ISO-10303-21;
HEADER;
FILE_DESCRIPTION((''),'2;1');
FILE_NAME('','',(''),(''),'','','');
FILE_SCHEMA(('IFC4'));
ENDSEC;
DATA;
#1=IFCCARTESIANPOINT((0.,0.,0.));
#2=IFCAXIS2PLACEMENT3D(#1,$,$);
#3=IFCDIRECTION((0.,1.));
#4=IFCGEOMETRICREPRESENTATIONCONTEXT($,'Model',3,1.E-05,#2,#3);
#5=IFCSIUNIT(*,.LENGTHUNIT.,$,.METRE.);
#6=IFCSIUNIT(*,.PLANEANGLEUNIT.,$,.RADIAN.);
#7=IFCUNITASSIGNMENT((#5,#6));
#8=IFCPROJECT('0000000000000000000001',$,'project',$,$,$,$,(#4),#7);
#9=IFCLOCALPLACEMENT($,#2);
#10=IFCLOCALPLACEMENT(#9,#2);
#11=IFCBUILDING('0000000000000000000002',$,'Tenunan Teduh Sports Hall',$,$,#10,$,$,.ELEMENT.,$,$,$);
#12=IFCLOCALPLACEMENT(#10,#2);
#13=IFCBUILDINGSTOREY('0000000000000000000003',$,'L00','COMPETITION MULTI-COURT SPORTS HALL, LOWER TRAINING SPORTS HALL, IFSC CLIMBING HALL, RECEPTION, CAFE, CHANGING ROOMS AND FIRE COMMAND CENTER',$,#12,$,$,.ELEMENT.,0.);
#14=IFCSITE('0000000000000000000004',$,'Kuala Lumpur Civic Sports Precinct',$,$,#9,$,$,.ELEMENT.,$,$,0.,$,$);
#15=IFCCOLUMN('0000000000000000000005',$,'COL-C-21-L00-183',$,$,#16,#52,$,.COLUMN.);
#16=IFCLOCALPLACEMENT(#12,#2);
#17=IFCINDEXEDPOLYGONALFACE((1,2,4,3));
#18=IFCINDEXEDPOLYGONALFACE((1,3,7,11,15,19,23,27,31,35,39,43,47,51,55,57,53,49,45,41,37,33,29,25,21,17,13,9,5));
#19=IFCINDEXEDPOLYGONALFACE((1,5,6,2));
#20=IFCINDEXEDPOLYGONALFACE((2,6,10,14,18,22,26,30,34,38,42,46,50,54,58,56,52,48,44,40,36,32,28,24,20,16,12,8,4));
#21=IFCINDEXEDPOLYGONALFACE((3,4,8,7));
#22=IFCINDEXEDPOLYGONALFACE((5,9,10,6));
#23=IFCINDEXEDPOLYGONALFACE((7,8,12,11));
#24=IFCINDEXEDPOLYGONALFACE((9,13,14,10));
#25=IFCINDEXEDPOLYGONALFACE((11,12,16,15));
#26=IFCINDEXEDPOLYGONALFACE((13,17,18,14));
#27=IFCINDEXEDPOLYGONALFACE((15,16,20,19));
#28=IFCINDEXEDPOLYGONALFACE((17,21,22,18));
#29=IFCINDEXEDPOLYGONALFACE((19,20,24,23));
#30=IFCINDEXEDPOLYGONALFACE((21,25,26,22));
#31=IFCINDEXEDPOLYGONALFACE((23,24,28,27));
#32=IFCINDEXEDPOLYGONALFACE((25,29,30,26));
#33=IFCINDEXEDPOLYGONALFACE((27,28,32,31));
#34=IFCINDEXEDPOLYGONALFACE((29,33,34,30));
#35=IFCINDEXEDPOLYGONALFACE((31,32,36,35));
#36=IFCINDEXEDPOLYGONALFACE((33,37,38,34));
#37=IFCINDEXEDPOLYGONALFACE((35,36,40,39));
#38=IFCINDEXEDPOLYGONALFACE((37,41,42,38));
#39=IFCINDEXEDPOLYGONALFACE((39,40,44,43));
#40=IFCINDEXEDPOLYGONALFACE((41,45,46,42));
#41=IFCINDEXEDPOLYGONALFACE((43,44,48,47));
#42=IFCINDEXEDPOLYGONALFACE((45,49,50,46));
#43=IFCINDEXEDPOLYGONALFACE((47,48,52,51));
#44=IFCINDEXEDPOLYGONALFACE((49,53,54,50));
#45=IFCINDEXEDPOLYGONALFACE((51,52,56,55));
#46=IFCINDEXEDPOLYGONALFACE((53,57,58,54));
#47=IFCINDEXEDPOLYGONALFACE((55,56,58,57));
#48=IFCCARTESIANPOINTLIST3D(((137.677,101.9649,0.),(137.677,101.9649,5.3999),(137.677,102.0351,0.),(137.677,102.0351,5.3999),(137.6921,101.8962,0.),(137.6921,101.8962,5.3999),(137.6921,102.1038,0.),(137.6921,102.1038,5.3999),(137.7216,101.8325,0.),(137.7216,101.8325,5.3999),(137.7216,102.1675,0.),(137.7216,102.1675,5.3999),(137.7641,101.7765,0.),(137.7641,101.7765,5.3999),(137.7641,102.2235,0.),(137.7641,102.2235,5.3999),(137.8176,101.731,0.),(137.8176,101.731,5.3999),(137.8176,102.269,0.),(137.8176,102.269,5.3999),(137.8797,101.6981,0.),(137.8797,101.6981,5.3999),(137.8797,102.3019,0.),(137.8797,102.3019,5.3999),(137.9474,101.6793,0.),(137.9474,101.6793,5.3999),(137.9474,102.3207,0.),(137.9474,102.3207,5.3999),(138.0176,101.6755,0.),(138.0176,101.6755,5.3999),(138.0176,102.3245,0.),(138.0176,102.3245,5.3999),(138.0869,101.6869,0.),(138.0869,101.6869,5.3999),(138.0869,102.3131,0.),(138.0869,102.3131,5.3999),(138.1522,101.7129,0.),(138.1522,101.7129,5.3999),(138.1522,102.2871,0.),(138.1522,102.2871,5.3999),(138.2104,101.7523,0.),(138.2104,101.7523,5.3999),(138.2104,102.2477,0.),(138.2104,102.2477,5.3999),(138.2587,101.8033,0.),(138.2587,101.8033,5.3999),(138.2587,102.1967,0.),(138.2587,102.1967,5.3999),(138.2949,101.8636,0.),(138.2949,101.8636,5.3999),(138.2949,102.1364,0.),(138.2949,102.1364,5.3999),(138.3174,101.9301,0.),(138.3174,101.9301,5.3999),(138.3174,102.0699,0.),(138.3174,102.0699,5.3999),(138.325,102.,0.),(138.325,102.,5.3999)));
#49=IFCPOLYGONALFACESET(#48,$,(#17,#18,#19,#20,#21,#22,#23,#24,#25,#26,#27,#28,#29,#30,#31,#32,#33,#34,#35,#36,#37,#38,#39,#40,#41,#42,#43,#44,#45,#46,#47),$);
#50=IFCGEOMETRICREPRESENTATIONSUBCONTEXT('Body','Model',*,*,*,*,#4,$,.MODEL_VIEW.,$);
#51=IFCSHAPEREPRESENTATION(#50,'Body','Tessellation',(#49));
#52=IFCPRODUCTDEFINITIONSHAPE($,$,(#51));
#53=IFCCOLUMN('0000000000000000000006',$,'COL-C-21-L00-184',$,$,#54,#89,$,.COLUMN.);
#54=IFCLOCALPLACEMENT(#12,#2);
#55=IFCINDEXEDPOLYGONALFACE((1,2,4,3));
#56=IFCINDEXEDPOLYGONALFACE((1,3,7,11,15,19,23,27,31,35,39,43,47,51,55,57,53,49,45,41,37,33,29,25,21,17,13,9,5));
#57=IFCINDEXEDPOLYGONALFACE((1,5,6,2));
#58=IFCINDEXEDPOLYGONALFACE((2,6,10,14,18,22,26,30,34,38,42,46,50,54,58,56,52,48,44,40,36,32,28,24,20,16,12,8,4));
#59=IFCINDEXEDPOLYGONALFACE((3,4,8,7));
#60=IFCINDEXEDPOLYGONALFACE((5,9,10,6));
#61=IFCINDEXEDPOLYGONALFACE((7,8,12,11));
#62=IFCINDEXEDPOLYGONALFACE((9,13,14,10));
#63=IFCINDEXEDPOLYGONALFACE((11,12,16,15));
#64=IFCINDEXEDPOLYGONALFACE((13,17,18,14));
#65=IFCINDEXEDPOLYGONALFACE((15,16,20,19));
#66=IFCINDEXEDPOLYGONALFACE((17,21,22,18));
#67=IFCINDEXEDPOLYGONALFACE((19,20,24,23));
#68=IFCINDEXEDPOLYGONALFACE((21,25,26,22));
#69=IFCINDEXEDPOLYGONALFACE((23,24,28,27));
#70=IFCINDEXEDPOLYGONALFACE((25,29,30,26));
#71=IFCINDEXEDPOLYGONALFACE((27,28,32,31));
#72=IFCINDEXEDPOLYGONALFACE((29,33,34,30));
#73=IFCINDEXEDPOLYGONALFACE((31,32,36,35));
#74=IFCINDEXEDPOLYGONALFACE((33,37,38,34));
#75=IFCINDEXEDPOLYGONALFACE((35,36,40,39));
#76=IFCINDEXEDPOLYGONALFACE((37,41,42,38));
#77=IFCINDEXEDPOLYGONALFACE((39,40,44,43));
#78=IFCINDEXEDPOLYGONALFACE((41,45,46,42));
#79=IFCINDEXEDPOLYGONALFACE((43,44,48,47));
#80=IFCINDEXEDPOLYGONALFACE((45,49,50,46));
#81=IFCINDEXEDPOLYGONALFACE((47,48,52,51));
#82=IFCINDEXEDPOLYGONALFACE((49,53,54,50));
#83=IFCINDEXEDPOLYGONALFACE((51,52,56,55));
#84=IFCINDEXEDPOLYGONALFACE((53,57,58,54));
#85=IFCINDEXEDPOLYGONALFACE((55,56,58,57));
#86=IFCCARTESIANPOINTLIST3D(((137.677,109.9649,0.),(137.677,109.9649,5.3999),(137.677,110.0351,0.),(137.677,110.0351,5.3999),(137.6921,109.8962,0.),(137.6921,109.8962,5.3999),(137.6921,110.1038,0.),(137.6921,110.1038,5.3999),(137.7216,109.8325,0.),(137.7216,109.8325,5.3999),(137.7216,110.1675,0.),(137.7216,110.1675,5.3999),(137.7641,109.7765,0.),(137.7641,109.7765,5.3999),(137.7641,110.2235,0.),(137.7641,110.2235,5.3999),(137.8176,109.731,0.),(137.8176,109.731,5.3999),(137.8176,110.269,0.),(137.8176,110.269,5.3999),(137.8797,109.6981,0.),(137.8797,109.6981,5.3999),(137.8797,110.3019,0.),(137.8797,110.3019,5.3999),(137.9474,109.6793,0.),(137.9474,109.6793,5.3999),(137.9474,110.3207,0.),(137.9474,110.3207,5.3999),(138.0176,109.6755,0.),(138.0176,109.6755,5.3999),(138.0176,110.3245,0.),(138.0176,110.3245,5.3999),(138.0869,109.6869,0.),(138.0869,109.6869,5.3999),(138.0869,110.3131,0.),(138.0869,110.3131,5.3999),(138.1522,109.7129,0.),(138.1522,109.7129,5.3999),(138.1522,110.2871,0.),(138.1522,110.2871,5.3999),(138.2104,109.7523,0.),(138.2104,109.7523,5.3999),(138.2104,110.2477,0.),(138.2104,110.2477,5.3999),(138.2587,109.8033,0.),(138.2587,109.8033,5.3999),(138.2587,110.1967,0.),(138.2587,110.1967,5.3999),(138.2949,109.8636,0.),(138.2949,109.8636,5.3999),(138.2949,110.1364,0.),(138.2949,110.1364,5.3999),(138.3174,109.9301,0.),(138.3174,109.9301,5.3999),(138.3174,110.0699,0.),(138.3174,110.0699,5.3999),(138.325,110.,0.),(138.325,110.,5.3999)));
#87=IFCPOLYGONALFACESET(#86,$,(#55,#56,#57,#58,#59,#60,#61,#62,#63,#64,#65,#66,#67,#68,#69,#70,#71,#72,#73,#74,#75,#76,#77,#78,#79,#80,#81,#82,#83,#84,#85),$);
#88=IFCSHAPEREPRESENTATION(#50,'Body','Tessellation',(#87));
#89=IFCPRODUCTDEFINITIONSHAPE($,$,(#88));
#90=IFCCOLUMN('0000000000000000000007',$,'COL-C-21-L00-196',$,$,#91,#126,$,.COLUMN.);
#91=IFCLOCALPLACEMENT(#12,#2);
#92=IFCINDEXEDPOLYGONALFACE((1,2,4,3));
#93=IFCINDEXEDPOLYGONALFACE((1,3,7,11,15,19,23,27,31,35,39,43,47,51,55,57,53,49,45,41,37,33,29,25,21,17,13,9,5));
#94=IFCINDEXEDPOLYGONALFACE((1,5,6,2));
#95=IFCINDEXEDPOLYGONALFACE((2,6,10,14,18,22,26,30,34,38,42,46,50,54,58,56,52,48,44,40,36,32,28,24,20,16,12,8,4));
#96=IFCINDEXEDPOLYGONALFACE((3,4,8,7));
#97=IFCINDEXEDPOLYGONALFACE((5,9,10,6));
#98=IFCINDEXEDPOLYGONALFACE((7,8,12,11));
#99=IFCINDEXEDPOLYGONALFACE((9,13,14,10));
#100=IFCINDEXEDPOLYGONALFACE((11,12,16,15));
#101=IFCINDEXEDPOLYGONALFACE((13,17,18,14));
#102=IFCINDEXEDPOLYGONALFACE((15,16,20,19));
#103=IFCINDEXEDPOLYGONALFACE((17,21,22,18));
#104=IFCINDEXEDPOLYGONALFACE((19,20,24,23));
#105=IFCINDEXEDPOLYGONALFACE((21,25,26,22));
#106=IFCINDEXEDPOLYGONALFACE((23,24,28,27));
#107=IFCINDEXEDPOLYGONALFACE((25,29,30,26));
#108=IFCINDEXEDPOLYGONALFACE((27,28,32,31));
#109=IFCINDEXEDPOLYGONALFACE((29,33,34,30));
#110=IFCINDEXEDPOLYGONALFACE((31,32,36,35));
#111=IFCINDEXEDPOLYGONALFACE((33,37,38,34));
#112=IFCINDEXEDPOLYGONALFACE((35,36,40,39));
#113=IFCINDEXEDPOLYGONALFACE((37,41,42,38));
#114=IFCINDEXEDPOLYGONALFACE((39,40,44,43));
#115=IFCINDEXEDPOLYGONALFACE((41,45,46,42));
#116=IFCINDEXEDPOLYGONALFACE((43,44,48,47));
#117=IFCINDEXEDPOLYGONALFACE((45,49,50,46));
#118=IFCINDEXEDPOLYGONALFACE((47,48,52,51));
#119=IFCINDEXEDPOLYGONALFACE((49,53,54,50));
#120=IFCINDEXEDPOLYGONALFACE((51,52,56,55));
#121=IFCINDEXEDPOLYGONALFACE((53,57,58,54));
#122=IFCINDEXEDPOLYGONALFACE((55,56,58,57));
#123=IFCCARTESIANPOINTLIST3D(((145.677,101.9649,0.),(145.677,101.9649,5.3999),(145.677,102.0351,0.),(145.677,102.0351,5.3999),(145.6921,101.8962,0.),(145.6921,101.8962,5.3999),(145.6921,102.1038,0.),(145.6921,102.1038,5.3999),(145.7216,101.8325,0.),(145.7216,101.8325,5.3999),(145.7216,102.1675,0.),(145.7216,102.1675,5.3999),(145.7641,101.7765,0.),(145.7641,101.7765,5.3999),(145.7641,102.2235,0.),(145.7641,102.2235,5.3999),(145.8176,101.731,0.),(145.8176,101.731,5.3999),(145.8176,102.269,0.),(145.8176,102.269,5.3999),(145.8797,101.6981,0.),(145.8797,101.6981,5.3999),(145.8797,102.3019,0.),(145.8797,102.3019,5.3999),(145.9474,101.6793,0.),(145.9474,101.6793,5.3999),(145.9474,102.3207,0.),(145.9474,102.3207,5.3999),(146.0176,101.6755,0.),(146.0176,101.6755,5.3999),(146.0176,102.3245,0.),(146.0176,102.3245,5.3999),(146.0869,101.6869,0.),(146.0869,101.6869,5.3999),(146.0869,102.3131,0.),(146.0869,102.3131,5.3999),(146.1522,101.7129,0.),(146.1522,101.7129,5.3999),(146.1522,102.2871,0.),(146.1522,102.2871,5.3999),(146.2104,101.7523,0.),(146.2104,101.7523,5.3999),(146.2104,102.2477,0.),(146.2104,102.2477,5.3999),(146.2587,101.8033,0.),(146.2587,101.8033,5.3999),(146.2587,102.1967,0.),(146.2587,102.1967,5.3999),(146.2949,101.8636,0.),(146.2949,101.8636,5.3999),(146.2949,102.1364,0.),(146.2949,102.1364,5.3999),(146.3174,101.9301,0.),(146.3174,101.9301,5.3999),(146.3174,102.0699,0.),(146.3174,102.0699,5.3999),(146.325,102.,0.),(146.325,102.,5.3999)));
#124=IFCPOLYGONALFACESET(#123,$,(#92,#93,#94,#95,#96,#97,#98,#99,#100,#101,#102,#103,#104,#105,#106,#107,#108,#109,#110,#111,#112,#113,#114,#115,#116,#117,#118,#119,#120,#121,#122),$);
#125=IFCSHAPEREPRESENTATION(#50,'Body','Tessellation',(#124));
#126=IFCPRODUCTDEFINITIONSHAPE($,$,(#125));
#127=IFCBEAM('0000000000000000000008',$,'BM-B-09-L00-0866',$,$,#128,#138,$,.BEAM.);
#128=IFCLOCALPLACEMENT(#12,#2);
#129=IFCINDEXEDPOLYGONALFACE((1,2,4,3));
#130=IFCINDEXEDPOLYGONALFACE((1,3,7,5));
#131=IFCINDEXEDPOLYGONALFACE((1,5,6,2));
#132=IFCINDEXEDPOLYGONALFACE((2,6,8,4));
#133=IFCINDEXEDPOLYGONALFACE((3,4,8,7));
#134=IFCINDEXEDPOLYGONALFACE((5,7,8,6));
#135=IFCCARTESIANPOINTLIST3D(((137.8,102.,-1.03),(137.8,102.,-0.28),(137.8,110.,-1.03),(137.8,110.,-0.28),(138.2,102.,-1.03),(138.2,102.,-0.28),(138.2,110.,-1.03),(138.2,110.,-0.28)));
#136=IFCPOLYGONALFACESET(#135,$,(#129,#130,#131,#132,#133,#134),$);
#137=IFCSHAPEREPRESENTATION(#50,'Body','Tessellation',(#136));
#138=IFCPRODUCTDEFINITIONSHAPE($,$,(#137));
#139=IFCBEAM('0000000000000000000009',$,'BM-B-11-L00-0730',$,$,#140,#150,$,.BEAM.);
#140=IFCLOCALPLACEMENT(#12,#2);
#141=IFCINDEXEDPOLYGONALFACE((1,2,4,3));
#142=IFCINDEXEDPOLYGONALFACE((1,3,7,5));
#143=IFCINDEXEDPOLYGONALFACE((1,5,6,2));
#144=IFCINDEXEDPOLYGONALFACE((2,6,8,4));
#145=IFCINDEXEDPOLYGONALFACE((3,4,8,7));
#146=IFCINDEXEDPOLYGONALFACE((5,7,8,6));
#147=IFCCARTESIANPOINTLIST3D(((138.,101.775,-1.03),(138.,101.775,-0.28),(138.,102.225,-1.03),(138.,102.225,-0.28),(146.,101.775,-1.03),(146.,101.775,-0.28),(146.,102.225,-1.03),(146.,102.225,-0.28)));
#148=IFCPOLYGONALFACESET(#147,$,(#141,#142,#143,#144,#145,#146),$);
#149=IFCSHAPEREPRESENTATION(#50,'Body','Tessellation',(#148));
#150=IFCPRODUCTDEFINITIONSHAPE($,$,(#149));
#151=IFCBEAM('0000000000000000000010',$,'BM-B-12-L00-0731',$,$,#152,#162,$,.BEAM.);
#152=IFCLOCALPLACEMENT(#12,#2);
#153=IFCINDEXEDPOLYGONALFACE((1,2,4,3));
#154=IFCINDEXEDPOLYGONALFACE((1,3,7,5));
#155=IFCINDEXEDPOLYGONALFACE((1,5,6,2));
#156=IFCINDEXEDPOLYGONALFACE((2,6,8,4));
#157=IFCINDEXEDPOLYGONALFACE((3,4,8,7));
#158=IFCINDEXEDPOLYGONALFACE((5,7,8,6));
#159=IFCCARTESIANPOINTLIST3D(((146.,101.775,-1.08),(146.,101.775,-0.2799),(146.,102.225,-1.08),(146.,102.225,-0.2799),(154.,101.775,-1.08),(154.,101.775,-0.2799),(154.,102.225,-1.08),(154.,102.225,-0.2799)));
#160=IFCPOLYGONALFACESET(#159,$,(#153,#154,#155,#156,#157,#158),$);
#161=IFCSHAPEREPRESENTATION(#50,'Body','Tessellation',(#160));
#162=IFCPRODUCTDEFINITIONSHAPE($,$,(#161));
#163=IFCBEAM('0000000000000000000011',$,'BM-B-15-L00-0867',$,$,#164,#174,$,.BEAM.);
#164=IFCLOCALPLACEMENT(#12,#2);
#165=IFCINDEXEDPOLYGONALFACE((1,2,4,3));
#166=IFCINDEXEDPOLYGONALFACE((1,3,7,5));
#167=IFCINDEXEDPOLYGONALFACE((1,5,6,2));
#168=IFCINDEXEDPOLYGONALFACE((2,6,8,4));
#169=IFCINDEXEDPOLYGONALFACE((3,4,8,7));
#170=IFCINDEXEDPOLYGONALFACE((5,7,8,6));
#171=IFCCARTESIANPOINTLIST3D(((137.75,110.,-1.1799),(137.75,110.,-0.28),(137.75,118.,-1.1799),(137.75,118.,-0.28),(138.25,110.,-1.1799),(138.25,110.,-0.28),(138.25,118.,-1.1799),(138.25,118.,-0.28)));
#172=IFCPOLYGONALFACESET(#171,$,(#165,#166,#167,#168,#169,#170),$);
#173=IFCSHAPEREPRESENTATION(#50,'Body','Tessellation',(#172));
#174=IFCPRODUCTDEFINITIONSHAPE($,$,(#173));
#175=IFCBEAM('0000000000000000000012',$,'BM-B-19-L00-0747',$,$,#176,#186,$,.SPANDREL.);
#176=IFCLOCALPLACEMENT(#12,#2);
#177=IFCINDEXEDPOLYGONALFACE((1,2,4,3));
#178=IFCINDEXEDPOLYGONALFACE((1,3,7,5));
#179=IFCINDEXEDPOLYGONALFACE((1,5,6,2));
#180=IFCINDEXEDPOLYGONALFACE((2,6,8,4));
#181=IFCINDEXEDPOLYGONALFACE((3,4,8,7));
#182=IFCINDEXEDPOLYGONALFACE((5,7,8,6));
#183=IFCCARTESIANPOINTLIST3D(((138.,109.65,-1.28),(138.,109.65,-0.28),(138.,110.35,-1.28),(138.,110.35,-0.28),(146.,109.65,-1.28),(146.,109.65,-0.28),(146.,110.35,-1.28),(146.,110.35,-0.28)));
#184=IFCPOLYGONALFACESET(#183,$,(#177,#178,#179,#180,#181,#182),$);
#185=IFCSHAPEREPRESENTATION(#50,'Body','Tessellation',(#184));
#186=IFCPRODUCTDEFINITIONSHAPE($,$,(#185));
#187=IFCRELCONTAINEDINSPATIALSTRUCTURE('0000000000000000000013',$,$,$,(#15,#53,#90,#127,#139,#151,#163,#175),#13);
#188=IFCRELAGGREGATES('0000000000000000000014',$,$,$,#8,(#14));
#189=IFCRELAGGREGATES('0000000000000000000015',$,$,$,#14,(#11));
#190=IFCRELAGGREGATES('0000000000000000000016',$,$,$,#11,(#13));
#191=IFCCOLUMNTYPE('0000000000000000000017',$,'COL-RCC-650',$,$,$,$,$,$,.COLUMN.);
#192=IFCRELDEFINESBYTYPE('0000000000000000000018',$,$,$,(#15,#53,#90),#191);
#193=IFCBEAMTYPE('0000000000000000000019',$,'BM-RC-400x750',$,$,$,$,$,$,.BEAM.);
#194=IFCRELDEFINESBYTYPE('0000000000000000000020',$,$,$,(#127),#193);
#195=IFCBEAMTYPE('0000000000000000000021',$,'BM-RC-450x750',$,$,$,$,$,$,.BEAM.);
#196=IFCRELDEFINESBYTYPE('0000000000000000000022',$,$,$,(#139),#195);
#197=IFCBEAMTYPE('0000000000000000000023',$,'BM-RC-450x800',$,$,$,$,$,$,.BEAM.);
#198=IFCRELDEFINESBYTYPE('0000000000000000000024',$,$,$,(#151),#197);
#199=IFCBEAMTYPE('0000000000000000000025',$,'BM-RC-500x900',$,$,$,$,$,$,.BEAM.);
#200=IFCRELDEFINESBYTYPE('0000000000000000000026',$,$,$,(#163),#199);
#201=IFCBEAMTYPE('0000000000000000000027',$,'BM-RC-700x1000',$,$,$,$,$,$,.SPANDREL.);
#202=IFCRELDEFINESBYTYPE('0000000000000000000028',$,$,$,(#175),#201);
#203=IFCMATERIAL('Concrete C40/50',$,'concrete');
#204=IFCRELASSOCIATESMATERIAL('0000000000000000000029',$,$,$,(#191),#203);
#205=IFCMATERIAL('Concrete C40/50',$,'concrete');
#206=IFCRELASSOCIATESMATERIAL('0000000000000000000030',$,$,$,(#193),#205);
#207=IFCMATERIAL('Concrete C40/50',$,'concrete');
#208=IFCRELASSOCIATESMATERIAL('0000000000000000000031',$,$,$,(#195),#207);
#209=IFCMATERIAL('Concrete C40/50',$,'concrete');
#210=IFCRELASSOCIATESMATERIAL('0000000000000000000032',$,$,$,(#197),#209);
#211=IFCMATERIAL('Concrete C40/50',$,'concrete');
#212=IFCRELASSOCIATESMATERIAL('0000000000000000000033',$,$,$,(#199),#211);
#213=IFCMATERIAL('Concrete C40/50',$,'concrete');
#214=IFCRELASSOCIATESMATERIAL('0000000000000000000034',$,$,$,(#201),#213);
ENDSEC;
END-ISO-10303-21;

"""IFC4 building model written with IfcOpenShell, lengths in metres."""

from ifc_helpers import new_model, si_unit, direction, frame, origin, origin_2d, place, context, subcontext, project, spatial, rectangle, circle, extrude, material, material_profile, profile_set, type_object, element, save


model = new_model("IFC4")

# Units and contexts
model_context = context("Model", 3, precision=1e-05, world=origin(), true_north=direction((0.0, 1.0)))
body_context = subcontext(model_context, "Body", "Model", "MODEL_VIEW")
ifc_project = project(units=[si_unit("LENGTHUNIT", "METRE"), si_unit("PLANEANGLEUNIT", "RADIAN")], contexts=[model_context])

# Site, building, storey
site_placement = place(None, origin())
site = spatial("IfcSite", under=ifc_project, at=site_placement, Name="Kuala Lumpur Civic Sports Precinct", CompositionType="ELEMENT", RefElevation=0.0)
building_placement = place(site_placement, origin())
building = spatial("IfcBuilding", under=site, at=building_placement, Name="Tenunan Teduh Sports Hall", CompositionType="ELEMENT")
storey_placement = place(building_placement, origin())
storey = spatial("IfcBuildingStorey", under=building, at=storey_placement, Name="L00", Description="COMPETITION MULTI-COURT SPORTS HALL, LOWER TRAINING SPORTS HALL, IFSC CLIMBING HALL, RECEPTION, CAFE, CHANGING ROOMS AND FIRE COMMAND CENTER", CompositionType="ELEMENT", Elevation=0.0)

# Columns
ifc_material_1 = material(Name="Concrete C40/50", Category="concrete")
ifc_material_profile_1 = material_profile(ifc_material_1, circle(Radius=0.325, at=origin_2d()), Name="RCC D650")
ifc_profile_set_1 = profile_set([ifc_material_profile_1], Name="Concrete C40/50")
column_type = type_object("IfcColumnType", Name="COL-RCC-650", PredefinedType="COLUMN", material=ifc_profile_set_1)
for number, where, z_axis, x_axis, name in (
    (1, (138.0, 102.0, 0.0), (0.0, 0.0, 1.0), (1.0, 0.0, 0.0), "COL-C-21-L00-183"),
    (2, (138.0, 110.0, 0.0), (0.0, 0.0, 1.0), (1.0, 0.0, 0.0), "COL-C-21-L00-184"),
    (3, (146.0, 102.0, 0.0), (0.0, 0.0, 1.0), (1.0, 0.0, 0.0), "COL-C-21-L00-196"),
):
    element("IfcColumn", number, at=place(storey_placement, frame(where, z_axis=z_axis, x_axis=x_axis)), inside=storey, type_object=column_type, Name=name, PredefinedType="COLUMN", context=body_context, shape_type="SweptSolid", body=[
        extrude(circle(Radius=0.325, at=origin_2d()), origin(), (0.0, 0.0, 1.0), 5.3999),
    ])

# Beams
ifc_material_2 = material(Name="Concrete C40/50", Category="concrete")
ifc_material_profile_2 = material_profile(ifc_material_2, rectangle(XDim=0.3999, YDim=0.75, at=origin_2d()), Name="RCB 400x750")
ifc_profile_set_2 = profile_set([ifc_material_profile_2], Name="Concrete C40/50")
beam_type_1 = type_object("IfcBeamType", Name="BM-RC-400x750", PredefinedType="BEAM", material=ifc_profile_set_2)
beam_1_placement = place(storey_placement, frame((138.0, 102.0, -0.655), z_axis=(0.0, 1.0, 0.0), x_axis=(-1.0, 0.0, 0.0)))
element("IfcBeam", 4, at=beam_1_placement, inside=storey, type_object=beam_type_1, Name="BM-B-09-L00-0866", PredefinedType="BEAM", context=body_context, shape_type="SweptSolid", body=[
    extrude(rectangle(XDim=0.3999, YDim=0.75, at=origin_2d()), origin(), (0.0, 0.0, 1.0), 8.0),
])
ifc_material_3 = material(Name="Concrete C40/50", Category="concrete")
ifc_material_profile_3 = material_profile(ifc_material_3, rectangle(XDim=0.45, YDim=0.75, at=origin_2d()), Name="RCB 450x750")
ifc_profile_set_3 = profile_set([ifc_material_profile_3], Name="Concrete C40/50")
beam_type_2 = type_object("IfcBeamType", Name="BM-RC-450x750", PredefinedType="BEAM", material=ifc_profile_set_3)
beam_2_placement = place(storey_placement, frame((138.0, 102.0, -0.655), z_axis=(1.0, 0.0, 0.0), x_axis=(0.0, 1.0, 0.0)))
element("IfcBeam", 5, at=beam_2_placement, inside=storey, type_object=beam_type_2, Name="BM-B-11-L00-0730", PredefinedType="BEAM", context=body_context, shape_type="SweptSolid", body=[
    extrude(rectangle(XDim=0.45, YDim=0.75, at=origin_2d()), origin(), (0.0, 0.0, 1.0), 8.0),
])
ifc_material_4 = material(Name="Concrete C40/50", Category="concrete")
ifc_material_profile_4 = material_profile(ifc_material_4, rectangle(XDim=0.45, YDim=0.8, at=origin_2d()), Name="RCB 450x800")
ifc_profile_set_4 = profile_set([ifc_material_profile_4], Name="Concrete C40/50")
beam_type_3 = type_object("IfcBeamType", Name="BM-RC-450x800", PredefinedType="BEAM", material=ifc_profile_set_4)
beam_3_placement = place(storey_placement, frame((146.0, 102.0, -0.6799), z_axis=(1.0, 0.0, 0.0), x_axis=(0.0, 1.0, 0.0)))
element("IfcBeam", 6, at=beam_3_placement, inside=storey, type_object=beam_type_3, Name="BM-B-12-L00-0731", PredefinedType="BEAM", context=body_context, shape_type="SweptSolid", body=[
    extrude(rectangle(XDim=0.45, YDim=0.8, at=origin_2d()), origin(), (0.0, 0.0, 1.0), 8.0),
])
ifc_material_5 = material(Name="Concrete C40/50", Category="concrete")
ifc_material_profile_5 = material_profile(ifc_material_5, rectangle(XDim=0.5, YDim=0.8999, at=origin_2d()), Name="RCB 500x900")
ifc_profile_set_5 = profile_set([ifc_material_profile_5], Name="Concrete C40/50")
beam_type_4 = type_object("IfcBeamType", Name="BM-RC-500x900", PredefinedType="BEAM", material=ifc_profile_set_5)
beam_4_placement = place(storey_placement, frame((138.0, 110.0, -0.73), z_axis=(0.0, 1.0, 0.0), x_axis=(-1.0, 0.0, 0.0)))
element("IfcBeam", 7, at=beam_4_placement, inside=storey, type_object=beam_type_4, Name="BM-B-15-L00-0867", PredefinedType="BEAM", context=body_context, shape_type="SweptSolid", body=[
    extrude(rectangle(XDim=0.5, YDim=0.8999, at=origin_2d()), origin(), (0.0, 0.0, 1.0), 8.0),
])
ifc_material_6 = material(Name="Concrete C40/50", Category="concrete")
ifc_material_profile_6 = material_profile(ifc_material_6, rectangle(XDim=0.7, YDim=1.0, at=origin_2d()), Name="RCB 700x1000")
ifc_profile_set_6 = profile_set([ifc_material_profile_6], Name="Concrete C40/50")
beam_type_5 = type_object("IfcBeamType", Name="BM-RC-700x1000", PredefinedType="SPANDREL", material=ifc_profile_set_6)
beam_5_placement = place(storey_placement, frame((138.0, 110.0, -0.78), z_axis=(1.0, 0.0, 0.0), x_axis=(0.0, 1.0, 0.0)))
element("IfcBeam", 8, at=beam_5_placement, inside=storey, type_object=beam_type_5, Name="BM-B-19-L00-0747", PredefinedType="SPANDREL", context=body_context, shape_type="SweptSolid", body=[
    extrude(rectangle(XDim=0.7, YDim=1.0, at=origin_2d()), origin(), (0.0, 0.0, 1.0), 8.0),
])

save(model, "model.ifc")
